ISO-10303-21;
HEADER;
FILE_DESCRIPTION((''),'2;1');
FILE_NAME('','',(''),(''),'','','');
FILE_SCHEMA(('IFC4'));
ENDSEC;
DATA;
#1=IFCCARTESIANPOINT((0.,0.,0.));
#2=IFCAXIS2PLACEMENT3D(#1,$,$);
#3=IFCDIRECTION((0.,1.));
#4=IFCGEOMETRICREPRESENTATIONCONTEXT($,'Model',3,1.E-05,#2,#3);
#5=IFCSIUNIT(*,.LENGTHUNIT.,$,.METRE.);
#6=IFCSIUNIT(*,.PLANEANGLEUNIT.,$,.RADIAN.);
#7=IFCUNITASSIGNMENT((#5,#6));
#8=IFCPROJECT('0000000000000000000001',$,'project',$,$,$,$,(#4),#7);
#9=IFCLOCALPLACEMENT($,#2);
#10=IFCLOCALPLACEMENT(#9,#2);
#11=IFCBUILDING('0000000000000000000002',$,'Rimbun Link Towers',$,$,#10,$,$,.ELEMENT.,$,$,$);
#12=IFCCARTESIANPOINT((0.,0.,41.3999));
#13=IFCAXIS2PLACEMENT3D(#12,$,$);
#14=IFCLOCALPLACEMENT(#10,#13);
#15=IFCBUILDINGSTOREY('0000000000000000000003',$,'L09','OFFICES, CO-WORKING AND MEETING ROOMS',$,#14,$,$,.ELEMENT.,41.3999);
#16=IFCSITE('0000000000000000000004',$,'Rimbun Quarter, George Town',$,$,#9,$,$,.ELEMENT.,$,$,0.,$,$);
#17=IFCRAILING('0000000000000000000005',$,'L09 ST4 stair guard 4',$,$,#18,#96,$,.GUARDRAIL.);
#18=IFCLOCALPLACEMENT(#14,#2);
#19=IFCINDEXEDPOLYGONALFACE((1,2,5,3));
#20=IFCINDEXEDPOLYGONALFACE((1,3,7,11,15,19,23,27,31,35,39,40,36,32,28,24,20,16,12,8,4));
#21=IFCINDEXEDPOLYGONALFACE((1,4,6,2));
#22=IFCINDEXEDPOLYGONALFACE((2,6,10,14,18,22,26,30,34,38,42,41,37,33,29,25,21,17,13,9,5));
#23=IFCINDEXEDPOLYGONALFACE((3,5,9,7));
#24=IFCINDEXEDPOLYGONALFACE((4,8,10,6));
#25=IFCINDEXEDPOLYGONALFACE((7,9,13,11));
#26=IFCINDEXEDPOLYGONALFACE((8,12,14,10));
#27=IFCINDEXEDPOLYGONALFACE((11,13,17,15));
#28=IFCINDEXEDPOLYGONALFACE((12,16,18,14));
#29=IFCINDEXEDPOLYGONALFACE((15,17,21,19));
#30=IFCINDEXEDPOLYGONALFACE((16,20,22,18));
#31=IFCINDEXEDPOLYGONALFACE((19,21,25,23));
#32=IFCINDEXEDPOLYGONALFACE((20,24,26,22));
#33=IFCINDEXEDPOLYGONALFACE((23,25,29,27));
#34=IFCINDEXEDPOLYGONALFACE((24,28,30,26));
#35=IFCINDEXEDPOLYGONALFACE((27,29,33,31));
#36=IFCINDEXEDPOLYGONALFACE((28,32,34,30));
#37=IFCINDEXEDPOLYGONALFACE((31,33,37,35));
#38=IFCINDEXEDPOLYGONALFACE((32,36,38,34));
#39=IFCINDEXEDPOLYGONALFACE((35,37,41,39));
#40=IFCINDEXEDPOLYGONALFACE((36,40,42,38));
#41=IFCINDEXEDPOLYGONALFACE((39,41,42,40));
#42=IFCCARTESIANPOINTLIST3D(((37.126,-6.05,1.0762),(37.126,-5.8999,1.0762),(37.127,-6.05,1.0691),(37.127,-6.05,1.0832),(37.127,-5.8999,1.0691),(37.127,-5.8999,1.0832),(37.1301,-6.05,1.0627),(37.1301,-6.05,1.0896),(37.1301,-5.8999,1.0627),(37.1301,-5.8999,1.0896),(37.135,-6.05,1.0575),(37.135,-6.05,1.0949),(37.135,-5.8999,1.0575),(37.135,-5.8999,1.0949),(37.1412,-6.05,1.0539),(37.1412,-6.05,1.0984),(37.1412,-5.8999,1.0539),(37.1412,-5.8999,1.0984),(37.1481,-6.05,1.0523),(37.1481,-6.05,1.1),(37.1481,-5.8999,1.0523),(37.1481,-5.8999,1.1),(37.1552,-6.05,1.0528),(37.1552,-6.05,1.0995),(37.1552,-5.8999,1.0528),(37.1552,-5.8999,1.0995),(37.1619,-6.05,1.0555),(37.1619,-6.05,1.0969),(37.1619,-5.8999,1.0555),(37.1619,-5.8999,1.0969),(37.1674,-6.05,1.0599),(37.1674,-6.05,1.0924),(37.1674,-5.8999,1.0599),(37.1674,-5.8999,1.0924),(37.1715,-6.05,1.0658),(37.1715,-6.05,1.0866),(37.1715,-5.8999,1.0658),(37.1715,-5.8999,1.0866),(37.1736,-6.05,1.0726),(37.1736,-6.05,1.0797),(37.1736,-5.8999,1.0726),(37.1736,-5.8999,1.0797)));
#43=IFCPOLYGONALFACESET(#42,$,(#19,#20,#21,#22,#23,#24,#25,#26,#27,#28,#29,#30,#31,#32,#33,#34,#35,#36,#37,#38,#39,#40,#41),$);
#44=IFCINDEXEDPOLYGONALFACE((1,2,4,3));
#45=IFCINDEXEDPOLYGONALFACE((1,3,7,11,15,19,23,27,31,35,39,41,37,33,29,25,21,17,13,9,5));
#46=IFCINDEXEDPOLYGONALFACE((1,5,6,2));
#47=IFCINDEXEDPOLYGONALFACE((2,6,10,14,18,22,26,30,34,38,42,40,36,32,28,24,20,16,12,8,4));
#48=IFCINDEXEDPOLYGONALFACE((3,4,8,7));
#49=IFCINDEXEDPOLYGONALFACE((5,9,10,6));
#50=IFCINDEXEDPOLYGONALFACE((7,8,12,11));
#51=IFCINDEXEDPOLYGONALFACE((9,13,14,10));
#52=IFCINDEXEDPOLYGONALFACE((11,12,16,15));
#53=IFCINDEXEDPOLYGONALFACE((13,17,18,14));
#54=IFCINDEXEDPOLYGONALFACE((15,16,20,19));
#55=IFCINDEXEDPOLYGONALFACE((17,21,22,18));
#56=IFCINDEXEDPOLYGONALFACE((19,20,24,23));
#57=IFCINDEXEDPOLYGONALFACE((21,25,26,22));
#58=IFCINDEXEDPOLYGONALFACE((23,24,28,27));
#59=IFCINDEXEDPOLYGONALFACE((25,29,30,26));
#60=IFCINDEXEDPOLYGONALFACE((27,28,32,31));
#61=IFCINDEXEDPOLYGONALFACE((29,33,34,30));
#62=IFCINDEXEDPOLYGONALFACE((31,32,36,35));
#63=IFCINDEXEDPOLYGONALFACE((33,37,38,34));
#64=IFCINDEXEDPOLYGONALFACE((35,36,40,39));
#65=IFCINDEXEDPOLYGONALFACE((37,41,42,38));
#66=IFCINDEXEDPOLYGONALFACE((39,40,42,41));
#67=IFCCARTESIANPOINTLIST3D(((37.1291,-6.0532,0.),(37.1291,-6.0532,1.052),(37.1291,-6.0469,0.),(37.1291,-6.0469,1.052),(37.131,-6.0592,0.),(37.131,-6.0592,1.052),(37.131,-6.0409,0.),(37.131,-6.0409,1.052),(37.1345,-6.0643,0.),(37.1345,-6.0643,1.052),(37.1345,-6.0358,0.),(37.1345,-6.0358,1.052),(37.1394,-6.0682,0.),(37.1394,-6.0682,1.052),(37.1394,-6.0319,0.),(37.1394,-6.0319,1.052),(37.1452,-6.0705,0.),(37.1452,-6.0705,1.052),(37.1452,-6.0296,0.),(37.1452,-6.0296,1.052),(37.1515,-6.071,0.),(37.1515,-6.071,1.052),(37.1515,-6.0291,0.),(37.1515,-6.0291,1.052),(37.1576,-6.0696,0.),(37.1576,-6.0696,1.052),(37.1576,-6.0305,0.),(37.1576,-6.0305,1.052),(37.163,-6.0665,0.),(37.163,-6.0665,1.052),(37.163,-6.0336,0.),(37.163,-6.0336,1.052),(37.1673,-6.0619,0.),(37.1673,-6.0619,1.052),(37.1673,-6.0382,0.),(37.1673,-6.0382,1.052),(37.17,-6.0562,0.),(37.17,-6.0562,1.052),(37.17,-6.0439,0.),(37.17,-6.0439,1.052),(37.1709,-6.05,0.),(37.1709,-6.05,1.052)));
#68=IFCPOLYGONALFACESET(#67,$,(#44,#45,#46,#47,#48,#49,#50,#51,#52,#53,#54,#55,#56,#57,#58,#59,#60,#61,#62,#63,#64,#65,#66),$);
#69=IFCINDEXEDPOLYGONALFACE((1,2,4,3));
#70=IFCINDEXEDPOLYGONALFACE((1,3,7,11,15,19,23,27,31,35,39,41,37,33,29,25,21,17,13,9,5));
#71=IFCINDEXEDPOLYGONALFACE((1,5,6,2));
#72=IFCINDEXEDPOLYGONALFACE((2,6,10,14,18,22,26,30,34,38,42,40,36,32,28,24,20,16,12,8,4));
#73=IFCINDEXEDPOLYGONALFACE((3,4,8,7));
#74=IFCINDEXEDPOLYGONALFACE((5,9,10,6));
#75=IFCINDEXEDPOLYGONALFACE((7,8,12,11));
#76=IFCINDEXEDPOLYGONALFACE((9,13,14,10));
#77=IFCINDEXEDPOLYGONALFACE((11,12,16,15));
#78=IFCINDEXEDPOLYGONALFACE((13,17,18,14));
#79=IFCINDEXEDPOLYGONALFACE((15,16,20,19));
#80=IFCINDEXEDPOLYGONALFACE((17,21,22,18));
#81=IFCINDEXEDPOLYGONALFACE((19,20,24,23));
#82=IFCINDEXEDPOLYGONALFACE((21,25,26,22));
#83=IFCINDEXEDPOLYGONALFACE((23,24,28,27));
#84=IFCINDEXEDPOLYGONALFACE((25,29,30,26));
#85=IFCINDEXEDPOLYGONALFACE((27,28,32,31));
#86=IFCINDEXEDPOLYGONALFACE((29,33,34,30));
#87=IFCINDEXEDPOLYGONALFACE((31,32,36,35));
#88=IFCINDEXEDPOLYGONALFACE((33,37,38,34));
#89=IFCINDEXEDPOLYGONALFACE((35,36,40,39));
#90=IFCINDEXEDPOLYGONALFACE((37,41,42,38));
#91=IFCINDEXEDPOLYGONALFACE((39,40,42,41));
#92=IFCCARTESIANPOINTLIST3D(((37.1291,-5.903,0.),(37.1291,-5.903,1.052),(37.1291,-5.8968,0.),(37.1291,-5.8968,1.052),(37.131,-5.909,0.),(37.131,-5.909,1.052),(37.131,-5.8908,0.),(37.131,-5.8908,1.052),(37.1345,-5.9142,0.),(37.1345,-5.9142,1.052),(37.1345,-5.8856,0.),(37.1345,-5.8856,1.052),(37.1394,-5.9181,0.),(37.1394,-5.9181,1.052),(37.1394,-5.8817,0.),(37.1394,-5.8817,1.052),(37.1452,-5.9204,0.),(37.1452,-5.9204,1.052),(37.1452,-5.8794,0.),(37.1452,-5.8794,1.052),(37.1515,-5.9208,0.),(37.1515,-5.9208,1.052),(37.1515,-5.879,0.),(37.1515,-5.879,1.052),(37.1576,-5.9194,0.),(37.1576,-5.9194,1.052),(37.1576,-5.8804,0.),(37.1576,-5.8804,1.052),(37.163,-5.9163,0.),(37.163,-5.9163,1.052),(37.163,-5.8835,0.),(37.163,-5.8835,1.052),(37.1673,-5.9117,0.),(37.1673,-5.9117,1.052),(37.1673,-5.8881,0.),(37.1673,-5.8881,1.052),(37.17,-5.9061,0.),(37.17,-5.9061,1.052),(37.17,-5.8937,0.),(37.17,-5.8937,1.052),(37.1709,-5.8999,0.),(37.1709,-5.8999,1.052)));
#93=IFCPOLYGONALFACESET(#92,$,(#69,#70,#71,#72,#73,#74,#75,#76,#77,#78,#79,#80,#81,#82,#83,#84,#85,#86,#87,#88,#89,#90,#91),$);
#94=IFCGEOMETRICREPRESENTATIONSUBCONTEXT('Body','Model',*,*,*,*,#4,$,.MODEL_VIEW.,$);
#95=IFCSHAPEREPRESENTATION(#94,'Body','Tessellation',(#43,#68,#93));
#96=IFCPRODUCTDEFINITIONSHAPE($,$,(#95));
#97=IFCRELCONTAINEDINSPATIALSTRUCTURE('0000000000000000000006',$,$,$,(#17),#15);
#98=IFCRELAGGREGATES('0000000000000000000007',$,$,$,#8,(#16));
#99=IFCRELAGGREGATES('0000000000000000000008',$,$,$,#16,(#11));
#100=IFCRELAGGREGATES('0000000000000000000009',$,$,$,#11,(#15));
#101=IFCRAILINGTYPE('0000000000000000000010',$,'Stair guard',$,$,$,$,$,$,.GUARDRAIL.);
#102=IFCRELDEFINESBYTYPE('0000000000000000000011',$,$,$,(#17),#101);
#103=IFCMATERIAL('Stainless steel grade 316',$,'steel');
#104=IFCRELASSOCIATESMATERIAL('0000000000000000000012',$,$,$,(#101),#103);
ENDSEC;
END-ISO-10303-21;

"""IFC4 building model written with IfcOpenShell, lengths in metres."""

from ifc_helpers import new_model, si_unit, direction, frame, origin, origin_2d, place, context, subcontext, project, spatial, circle, extrude, material, type_object, element, save


model = new_model("IFC4")

# Units and contexts
model_context = context("Model", 3, precision=1e-05, world=origin(), true_north=direction((0.0, 1.0)))
body_context = subcontext(model_context, "Body", "Model", "MODEL_VIEW")
ifc_project = project(units=[si_unit("LENGTHUNIT", "METRE"), si_unit("PLANEANGLEUNIT", "RADIAN")], contexts=[model_context])

# Site, building, storey
site_placement = place(None, origin())
site = spatial("IfcSite", under=ifc_project, at=site_placement, Name="Rimbun Quarter, George Town", CompositionType="ELEMENT", RefElevation=0.0)
building_placement = place(site_placement, origin())
building = spatial("IfcBuilding", under=site, at=building_placement, Name="Rimbun Link Towers", CompositionType="ELEMENT")
storey_placement = place(building_placement, frame((0.0, 0.0, 41.3999)))
storey = spatial("IfcBuildingStorey", under=building, at=storey_placement, Name="L09", Description="OFFICES, CO-WORKING AND MEETING ROOMS", CompositionType="ELEMENT", Elevation=41.3999)

# Railing
ifc_material_1 = material(Name="Stainless steel grade 316", Category="steel")
railing_type_1 = type_object("IfcRailingType", Name="Stair guard", PredefinedType="GUARDRAIL", material=ifc_material_1)
railing_1_placement = place(storey_placement, frame((37.1499, -6.05, 0.0)))
element("IfcRailing", 1, at=railing_1_placement, inside=storey, type_object=railing_type_1, Name="L09 ST4 stair guard 4", PredefinedType="GUARDRAIL", context=body_context, shape_type="SweptSolid", body=[
    extrude(circle(Radius=0.0239, at=origin_2d()), frame((0.0, 0.0, 1.0762), z_axis=(0.0, 1.0, 0.0), x_axis=(-1.0, 0.0, 0.0)), (0.0, 0.0, 1.0), 0.1501),
    extrude(circle(Radius=0.021, at=origin_2d()), origin(), (0.0, 0.0, 1.0), 1.052),
    extrude(circle(Radius=0.021, at=origin_2d()), frame((0.0, 0.1501, 0.0)), (0.0, 0.0, 1.0), 1.052),
])

save(model, "model.ifc")
